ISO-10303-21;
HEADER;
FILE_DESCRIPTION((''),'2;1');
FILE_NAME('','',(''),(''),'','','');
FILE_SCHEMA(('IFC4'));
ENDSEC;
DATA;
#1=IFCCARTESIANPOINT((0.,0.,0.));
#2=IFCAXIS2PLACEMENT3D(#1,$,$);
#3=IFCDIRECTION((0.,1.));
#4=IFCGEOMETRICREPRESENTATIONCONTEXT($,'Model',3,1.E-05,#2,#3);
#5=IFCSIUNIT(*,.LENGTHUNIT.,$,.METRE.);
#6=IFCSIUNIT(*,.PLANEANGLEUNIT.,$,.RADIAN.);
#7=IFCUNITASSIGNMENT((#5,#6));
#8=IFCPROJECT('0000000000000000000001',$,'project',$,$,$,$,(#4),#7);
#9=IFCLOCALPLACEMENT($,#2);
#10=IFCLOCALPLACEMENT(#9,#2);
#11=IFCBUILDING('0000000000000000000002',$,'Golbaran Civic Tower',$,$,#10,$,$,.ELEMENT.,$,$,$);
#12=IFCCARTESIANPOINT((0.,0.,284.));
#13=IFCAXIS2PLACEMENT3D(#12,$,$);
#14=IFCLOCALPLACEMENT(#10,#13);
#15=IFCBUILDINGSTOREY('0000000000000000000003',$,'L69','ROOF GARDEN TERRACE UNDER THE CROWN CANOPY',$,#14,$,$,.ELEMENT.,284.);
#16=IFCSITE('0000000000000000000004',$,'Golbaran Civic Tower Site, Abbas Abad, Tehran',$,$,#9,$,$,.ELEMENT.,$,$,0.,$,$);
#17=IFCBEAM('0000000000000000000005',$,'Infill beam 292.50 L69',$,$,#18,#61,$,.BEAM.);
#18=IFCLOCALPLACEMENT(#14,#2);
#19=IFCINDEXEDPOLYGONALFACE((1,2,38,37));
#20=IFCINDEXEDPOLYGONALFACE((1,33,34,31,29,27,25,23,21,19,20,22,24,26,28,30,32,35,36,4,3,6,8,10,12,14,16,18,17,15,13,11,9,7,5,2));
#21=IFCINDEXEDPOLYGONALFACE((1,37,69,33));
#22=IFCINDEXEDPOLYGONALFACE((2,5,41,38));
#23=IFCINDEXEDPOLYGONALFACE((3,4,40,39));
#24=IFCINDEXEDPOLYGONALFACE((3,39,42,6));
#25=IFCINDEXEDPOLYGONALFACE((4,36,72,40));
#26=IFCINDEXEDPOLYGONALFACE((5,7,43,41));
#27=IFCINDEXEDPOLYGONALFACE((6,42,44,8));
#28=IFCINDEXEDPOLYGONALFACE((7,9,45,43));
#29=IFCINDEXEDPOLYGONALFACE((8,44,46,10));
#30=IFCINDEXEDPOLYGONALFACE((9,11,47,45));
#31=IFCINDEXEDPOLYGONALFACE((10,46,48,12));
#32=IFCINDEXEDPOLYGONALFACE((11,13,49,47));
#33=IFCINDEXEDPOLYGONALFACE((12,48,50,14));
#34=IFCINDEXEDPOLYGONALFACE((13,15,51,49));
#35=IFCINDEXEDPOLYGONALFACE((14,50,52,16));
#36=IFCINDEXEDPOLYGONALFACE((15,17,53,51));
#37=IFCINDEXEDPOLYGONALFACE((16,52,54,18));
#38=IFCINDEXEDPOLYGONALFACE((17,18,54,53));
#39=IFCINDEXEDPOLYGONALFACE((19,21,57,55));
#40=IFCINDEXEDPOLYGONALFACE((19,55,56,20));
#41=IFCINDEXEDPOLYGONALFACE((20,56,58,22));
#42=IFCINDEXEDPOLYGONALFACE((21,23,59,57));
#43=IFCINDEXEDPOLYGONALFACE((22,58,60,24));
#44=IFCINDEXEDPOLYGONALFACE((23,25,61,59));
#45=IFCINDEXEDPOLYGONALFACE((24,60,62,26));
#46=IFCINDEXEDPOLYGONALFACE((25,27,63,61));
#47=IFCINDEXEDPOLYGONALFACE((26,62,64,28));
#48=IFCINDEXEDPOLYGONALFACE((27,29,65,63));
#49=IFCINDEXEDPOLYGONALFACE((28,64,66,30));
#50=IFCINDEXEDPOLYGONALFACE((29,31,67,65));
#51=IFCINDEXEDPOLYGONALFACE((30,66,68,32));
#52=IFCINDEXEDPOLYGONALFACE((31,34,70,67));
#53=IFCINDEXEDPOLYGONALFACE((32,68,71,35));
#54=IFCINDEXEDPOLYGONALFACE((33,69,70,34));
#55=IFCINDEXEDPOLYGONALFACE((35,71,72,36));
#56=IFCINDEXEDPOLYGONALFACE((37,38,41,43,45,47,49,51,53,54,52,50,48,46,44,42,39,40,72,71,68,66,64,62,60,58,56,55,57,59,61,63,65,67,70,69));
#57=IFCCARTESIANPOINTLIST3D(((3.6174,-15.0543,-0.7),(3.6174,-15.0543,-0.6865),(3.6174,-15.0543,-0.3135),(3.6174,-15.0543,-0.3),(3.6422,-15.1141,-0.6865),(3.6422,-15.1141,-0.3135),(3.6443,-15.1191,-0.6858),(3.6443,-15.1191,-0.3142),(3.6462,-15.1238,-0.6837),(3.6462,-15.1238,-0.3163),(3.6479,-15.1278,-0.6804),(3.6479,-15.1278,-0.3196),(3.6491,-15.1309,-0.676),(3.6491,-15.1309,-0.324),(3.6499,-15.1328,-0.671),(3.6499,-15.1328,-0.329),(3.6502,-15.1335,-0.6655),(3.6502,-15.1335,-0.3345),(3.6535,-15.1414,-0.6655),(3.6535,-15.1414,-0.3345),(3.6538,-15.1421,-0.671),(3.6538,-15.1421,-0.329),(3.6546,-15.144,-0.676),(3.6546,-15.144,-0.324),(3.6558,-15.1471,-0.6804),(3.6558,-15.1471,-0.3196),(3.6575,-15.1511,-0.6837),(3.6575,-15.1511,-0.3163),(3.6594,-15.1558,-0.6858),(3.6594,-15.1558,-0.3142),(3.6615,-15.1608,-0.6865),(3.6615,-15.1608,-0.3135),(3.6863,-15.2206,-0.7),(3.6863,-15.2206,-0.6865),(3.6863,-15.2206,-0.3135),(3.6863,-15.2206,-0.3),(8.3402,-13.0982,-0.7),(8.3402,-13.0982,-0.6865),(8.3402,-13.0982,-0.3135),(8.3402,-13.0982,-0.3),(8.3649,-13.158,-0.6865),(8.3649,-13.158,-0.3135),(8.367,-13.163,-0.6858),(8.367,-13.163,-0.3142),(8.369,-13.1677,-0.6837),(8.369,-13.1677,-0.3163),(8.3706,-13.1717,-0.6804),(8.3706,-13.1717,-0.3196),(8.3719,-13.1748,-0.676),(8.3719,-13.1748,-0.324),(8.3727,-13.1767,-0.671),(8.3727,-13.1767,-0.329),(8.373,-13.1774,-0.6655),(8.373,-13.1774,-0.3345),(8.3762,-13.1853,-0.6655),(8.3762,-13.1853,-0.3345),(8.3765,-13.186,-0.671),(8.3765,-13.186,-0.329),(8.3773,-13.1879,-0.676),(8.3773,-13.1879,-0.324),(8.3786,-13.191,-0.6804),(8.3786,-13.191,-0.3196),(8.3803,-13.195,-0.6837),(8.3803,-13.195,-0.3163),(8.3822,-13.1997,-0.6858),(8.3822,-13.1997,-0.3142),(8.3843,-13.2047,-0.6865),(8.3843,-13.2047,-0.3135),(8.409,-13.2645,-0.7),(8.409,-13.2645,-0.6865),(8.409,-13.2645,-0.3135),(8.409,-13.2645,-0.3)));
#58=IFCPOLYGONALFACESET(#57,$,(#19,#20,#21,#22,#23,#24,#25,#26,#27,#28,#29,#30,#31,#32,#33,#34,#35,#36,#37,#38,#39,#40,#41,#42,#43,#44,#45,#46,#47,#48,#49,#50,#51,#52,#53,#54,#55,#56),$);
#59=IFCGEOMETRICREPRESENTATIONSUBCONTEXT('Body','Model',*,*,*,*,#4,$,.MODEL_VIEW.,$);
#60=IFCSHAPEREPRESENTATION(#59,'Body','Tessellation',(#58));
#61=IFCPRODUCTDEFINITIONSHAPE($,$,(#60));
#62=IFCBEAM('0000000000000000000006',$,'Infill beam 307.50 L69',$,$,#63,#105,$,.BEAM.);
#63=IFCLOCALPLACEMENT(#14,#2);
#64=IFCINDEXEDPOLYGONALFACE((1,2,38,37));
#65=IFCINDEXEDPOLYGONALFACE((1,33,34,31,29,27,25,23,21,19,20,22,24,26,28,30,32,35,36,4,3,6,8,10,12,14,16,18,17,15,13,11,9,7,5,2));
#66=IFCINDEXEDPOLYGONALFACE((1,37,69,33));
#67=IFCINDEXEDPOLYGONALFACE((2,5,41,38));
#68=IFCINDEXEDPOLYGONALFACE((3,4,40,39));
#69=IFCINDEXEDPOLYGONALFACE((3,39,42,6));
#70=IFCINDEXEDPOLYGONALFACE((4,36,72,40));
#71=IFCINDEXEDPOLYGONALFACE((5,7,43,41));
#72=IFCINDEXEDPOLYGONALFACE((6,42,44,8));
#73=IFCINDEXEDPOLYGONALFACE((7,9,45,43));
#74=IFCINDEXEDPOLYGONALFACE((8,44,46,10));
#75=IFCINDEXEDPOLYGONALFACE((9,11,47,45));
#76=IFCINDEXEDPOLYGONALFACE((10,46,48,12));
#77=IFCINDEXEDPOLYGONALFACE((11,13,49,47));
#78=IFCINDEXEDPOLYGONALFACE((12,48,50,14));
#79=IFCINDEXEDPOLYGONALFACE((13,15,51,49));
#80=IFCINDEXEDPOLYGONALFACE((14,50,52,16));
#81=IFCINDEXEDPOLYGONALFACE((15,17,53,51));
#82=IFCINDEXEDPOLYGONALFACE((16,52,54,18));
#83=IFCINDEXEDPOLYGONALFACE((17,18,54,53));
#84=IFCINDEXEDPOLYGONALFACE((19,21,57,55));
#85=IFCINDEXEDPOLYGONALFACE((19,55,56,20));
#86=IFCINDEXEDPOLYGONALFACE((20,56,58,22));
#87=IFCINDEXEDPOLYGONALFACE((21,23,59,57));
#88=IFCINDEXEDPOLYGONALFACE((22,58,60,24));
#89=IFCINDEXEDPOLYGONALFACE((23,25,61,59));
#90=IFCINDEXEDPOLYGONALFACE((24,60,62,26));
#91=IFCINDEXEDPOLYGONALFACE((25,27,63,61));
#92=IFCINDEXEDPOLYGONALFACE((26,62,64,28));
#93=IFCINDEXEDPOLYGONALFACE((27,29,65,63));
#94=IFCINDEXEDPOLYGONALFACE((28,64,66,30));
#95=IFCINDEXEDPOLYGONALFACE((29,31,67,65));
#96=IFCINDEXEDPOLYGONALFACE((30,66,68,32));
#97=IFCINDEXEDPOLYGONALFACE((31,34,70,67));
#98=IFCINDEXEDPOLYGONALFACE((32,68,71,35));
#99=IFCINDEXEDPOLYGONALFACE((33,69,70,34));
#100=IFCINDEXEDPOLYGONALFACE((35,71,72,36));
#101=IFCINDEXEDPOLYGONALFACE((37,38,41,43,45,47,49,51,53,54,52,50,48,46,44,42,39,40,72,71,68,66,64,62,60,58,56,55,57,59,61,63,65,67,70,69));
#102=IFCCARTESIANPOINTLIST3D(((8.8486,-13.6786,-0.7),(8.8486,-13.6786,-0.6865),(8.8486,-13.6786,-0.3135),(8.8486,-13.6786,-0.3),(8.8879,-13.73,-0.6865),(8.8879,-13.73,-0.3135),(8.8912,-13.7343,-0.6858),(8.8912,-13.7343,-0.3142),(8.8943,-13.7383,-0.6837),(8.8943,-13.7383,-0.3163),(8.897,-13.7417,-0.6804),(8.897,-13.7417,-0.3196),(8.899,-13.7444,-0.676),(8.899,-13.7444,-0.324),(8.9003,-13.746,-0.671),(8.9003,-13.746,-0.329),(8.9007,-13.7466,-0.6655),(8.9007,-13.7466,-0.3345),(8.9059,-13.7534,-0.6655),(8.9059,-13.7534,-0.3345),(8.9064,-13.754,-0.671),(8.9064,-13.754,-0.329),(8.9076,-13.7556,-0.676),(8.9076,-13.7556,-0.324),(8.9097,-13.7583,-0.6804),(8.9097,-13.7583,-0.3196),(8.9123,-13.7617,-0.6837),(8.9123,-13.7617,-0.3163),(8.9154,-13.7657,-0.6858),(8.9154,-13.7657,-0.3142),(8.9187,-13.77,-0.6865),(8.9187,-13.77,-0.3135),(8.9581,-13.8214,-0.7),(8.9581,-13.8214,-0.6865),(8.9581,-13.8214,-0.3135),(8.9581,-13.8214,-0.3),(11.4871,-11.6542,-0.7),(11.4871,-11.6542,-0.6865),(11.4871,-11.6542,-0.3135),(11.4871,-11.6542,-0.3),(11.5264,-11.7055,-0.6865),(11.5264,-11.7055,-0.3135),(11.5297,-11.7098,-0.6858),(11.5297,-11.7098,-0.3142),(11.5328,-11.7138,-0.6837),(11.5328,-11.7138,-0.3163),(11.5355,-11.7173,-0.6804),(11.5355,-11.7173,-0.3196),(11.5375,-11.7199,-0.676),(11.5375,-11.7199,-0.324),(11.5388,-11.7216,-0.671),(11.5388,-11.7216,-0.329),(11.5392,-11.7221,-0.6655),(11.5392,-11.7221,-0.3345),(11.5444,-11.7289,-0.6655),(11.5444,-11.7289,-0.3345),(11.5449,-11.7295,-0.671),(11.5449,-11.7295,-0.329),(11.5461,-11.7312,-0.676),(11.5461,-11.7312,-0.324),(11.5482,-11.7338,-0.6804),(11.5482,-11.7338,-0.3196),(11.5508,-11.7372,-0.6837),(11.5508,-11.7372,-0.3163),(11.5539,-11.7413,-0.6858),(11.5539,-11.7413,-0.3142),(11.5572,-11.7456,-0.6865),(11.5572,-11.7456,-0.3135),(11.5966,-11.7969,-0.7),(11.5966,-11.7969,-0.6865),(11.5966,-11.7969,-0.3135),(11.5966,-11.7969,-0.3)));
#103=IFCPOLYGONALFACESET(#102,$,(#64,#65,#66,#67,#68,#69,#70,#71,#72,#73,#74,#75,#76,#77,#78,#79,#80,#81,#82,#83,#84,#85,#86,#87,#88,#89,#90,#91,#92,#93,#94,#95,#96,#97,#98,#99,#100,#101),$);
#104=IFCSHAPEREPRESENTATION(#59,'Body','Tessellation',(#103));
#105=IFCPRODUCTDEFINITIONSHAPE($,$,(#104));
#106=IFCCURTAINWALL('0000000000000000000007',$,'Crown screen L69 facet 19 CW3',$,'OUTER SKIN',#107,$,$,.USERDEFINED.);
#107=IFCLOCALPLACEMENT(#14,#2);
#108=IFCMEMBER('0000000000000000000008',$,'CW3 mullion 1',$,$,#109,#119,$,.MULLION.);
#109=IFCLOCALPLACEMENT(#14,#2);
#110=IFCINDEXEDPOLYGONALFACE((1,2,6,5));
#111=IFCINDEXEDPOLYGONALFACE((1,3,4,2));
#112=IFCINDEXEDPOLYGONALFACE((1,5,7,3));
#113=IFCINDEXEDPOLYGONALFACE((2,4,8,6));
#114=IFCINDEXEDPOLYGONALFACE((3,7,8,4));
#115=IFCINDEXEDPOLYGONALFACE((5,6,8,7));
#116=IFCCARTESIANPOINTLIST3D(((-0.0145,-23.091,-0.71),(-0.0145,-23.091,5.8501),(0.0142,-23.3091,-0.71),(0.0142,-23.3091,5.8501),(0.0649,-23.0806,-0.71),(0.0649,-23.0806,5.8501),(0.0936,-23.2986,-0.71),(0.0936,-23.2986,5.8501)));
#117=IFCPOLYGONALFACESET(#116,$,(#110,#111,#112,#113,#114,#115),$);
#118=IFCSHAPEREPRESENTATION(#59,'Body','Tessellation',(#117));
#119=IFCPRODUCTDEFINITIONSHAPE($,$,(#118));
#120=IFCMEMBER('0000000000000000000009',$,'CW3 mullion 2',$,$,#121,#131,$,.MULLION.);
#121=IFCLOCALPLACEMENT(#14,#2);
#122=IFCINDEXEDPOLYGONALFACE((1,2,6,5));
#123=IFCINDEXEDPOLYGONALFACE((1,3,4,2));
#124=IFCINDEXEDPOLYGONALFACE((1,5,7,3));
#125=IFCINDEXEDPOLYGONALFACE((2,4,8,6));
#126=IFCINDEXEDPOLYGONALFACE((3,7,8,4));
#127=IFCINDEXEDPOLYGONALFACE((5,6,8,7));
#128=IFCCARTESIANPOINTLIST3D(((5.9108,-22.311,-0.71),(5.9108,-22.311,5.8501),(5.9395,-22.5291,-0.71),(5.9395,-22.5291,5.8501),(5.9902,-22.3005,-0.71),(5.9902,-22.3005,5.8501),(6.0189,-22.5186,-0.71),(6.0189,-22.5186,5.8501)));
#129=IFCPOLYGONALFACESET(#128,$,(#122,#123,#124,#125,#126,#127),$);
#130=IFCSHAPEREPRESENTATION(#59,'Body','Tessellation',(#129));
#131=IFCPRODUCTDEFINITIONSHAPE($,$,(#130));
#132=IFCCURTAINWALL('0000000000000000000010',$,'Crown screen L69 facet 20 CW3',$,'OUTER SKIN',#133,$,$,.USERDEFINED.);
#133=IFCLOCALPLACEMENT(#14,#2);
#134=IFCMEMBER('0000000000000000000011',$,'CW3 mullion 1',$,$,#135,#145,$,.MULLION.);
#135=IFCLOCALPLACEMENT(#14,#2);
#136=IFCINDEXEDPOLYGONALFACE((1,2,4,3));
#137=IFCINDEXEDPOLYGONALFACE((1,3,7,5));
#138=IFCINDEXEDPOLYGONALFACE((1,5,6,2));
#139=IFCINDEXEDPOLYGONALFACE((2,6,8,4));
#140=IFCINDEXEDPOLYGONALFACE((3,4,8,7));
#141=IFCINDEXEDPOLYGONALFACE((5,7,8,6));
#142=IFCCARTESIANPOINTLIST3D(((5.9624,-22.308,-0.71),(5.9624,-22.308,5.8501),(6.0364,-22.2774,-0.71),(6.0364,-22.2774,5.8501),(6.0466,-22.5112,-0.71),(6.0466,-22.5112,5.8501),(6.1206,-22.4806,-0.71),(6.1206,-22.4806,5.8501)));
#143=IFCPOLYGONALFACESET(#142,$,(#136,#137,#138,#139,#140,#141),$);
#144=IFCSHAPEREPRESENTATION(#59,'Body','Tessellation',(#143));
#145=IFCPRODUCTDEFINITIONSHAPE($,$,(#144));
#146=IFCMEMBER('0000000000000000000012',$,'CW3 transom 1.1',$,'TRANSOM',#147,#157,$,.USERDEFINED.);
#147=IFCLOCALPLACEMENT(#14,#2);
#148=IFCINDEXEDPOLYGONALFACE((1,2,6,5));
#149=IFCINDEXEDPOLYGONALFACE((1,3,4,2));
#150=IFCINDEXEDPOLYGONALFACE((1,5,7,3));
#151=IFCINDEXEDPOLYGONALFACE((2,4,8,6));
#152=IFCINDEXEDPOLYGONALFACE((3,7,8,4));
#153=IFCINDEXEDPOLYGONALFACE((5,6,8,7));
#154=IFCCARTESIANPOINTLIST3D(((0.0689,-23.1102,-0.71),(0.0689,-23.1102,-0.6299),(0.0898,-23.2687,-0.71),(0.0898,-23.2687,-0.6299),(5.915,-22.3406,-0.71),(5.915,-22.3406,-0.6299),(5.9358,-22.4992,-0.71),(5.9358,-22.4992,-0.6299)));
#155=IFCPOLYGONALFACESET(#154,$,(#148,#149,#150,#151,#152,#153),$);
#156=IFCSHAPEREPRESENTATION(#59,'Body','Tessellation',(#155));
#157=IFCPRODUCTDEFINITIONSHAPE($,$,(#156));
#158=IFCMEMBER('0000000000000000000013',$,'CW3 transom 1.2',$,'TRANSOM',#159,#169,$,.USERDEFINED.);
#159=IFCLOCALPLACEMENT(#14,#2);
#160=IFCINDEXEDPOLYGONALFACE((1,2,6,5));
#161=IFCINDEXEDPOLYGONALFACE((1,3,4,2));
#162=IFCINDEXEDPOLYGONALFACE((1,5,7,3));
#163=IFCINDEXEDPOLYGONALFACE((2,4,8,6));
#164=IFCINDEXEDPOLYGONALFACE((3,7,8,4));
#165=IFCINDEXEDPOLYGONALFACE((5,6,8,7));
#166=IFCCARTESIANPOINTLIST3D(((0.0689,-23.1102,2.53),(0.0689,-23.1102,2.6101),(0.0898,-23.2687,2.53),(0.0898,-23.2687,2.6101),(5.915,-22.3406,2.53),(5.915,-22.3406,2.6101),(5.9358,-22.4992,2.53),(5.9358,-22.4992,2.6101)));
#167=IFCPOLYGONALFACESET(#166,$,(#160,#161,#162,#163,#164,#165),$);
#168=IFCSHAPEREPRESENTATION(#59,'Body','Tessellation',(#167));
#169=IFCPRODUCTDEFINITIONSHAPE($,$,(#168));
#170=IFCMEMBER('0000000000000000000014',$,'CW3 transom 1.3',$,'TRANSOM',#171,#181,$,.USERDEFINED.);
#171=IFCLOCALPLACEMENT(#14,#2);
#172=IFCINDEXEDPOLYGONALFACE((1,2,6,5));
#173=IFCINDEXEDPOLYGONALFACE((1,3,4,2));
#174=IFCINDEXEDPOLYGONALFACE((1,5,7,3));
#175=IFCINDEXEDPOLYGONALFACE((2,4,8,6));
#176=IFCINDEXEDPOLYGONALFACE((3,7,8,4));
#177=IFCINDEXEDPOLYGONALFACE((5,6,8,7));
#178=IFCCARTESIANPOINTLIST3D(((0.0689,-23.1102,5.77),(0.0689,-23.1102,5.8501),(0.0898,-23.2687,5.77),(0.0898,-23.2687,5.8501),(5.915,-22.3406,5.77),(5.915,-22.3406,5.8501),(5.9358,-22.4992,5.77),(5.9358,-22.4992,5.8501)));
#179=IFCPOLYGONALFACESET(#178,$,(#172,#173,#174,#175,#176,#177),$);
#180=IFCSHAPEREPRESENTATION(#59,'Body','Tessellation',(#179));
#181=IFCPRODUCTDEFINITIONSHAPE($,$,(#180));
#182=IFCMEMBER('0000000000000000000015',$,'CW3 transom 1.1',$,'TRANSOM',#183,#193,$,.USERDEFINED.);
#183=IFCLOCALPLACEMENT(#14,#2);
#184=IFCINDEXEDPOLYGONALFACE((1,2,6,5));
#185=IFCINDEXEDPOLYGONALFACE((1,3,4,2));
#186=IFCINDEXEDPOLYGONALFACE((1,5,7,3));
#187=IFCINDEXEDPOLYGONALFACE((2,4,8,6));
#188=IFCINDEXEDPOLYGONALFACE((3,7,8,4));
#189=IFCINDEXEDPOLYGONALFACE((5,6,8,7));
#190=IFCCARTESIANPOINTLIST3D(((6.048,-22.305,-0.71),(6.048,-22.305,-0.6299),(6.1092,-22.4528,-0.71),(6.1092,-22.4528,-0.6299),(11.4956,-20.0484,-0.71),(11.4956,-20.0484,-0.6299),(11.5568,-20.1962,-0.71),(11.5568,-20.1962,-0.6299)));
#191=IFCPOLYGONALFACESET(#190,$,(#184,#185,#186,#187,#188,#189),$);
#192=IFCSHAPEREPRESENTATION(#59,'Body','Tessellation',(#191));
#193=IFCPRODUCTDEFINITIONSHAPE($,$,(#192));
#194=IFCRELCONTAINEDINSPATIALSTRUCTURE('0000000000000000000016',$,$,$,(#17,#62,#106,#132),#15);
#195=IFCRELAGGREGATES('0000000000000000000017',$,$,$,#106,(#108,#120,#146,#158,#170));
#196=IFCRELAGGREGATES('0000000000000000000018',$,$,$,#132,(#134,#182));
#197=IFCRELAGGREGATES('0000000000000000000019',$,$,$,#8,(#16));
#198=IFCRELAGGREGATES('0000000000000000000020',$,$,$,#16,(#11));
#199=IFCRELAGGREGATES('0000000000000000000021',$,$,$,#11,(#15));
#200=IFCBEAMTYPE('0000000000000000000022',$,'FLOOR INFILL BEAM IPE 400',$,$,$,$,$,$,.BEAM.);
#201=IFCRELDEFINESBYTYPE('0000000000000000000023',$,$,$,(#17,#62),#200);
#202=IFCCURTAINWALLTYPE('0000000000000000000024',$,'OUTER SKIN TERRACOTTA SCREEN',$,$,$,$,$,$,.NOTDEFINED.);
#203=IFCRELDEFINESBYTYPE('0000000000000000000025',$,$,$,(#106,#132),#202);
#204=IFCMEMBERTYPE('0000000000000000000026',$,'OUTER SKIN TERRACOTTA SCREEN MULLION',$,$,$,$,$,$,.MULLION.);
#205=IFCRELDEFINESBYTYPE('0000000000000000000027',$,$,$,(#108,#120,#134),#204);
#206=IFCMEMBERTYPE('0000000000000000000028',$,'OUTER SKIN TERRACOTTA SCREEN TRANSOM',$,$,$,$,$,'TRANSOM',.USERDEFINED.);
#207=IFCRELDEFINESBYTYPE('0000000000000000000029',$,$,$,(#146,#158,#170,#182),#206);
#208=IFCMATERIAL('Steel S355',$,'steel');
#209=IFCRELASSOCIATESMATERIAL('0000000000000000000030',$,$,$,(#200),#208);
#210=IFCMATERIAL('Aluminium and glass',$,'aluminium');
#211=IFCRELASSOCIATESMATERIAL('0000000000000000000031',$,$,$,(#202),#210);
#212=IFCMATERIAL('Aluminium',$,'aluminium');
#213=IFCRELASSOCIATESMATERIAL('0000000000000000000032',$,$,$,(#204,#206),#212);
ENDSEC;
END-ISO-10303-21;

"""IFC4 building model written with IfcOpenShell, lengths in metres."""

from ifc_helpers import new_model, si_unit, direction, frame, origin, origin_2d, place, context, subcontext, project, spatial, rectangle, i_section, extrude, material, material_profile, profile_set, type_object, element, aggregate, save


model = new_model("IFC4")

# Units and contexts
model_context = context("Model", 3, precision=1e-05, world=origin(), true_north=direction((0.0, 1.0)))
body_context = subcontext(model_context, "Body", "Model", "MODEL_VIEW")
ifc_project = project(units=[si_unit("LENGTHUNIT", "METRE"), si_unit("PLANEANGLEUNIT", "RADIAN")], contexts=[model_context])

# Site, building, storey
site_placement = place(None, origin())
site = spatial("IfcSite", under=ifc_project, at=site_placement, Name="Golbaran Civic Tower Site, Abbas Abad, Tehran", CompositionType="ELEMENT", RefElevation=0.0)
building_placement = place(site_placement, origin())
building = spatial("IfcBuilding", under=site, at=building_placement, Name="Golbaran Civic Tower", CompositionType="ELEMENT")
storey_placement = place(building_placement, frame((0.0, 0.0, 284.0)))
storey = spatial("IfcBuildingStorey", under=building, at=storey_placement, Name="L69", Description="ROOF GARDEN TERRACE UNDER THE CROWN CANOPY", CompositionType="ELEMENT", Elevation=284.0)

# Shared definitions
ifc_material_1 = material(Name="Steel S355", Category="steel")

# Beams
ifc_material_profile_1 = material_profile(ifc_material_1, i_section(OverallWidth=0.1799, OverallDepth=0.3999, WebThickness=0.0085, FlangeThickness=0.0134, FilletRadius=0.021, at=origin_2d()), Name="IPE 400")
ifc_profile_set_1 = profile_set([ifc_material_profile_1], Name="Steel S355")
beam_type_1 = type_object("IfcBeamType", Name="FLOOR INFILL BEAM IPE 400", PredefinedType="BEAM", material=ifc_profile_set_1)
beam_1_placement = place(storey_placement, frame((3.6519, -15.1375, -0.5), z_axis=(0.923889, 0.382661, 0.0), x_axis=(-0.382661, 0.923889, 0.0)))
element("IfcBeam", 1, at=beam_1_placement, inside=storey, type_object=beam_type_1, Name="Infill beam 292.50 L69", PredefinedType="BEAM", context=body_context, shape_type="SweptSolid", body=[
    extrude(i_section(OverallWidth=0.1799, OverallDepth=0.3999, WebThickness=0.0085, FlangeThickness=0.0134, FilletRadius=0.021, at=origin_2d()), origin(), (0.0, 0.0, 1.0), 5.1118),
])
beam_2_placement = place(storey_placement, frame((8.9033, -13.75, -0.5), z_axis=(0.793371, 0.608738, 0.0), x_axis=(-0.608738, 0.793371, 0.0)))
element("IfcBeam", 2, at=beam_2_placement, inside=storey, type_object=beam_type_1, Name="Infill beam 307.50 L69", PredefinedType="BEAM", context=body_context, shape_type="SweptSolid", body=[
    extrude(i_section(OverallWidth=0.1799, OverallDepth=0.3999, WebThickness=0.0085, FlangeThickness=0.0134, FilletRadius=0.021, at=origin_2d()), origin(), (0.0, 0.0, 1.0), 3.3257),
])

# Curtain wall, members
ifc_material_2 = material(Name="Aluminium and glass", Category="aluminium")
curtain_wall_type = type_object("IfcCurtainWallType", Name="OUTER SKIN TERRACOTTA SCREEN", PredefinedType="NOTDEFINED", material=ifc_material_2)
curtain_wall_1_placement = place(storey_placement, origin())
curtain_wall_1 = element("IfcCurtainWall", 3, at=curtain_wall_1_placement, inside=storey, type_object=curtain_wall_type, Name="Crown screen L69 facet 19 CW3", ObjectType="OUTER SKIN", PredefinedType="USERDEFINED")
ifc_material_3 = material(Name="Aluminium", Category="aluminium")
ifc_material_profile_2 = material_profile(ifc_material_3, rectangle(XDim=0.22, YDim=0.0801, at=origin_2d()), Name="OUTER SKIN TERRACOTTA SCREEN MULLION")
ifc_profile_set_2 = profile_set([ifc_material_profile_2], Name="Aluminium")
member_type_1 = type_object("IfcMemberType", Name="OUTER SKIN TERRACOTTA SCREEN MULLION", PredefinedType="MULLION", material=ifc_profile_set_2)
member_1_placement = place(storey_placement, frame((0.0396, -23.1948, -0.71), z_axis=(0.0, 0.0, 1.0), x_axis=(-0.130526, 0.991445, 0.0)))
member_1 = element("IfcMember", 4, at=member_1_placement, type_object=member_type_1, Name="CW3 mullion 1", PredefinedType="MULLION", context=body_context, shape_type="SweptSolid", body=[
    extrude(rectangle(XDim=0.22, YDim=0.0801, at=origin_2d()), origin(), (0.0, 0.0, 1.0), 6.5601),
])
member_2_placement = place(storey_placement, frame((5.9648, -22.4148, -0.71), z_axis=(0.0, 0.0, 1.0), x_axis=(-0.130526, 0.991445, 0.0)))
member_2 = element("IfcMember", 5, at=member_2_placement, type_object=member_type_1, Name="CW3 mullion 2", PredefinedType="MULLION", context=body_context, shape_type="SweptSolid", body=[
    extrude(rectangle(XDim=0.22, YDim=0.0801, at=origin_2d()), origin(), (0.0, 0.0, 1.0), 6.5601),
])

# Curtain wall, member
curtain_wall_2_placement = place(storey_placement, origin())
curtain_wall_2 = element("IfcCurtainWall", 6, at=curtain_wall_2_placement, inside=storey, type_object=curtain_wall_type, Name="Crown screen L69 facet 20 CW3", ObjectType="OUTER SKIN", PredefinedType="USERDEFINED")
member_3_placement = place(storey_placement, frame((6.0415, -22.3943, -0.71), z_axis=(0.0, 0.0, 1.0), x_axis=(-0.382683, 0.92388, 0.0)))
member_3 = element("IfcMember", 7, at=member_3_placement, type_object=member_type_1, Name="CW3 mullion 1", PredefinedType="MULLION", context=body_context, shape_type="SweptSolid", body=[
    extrude(rectangle(XDim=0.22, YDim=0.0801, at=origin_2d()), origin(), (0.0, 0.0, 1.0), 6.5601),
])

# Members
ifc_material_profile_3 = material_profile(ifc_material_3, rectangle(XDim=0.1599, YDim=0.0801, at=origin_2d()), Name="OUTER SKIN TERRACOTTA SCREEN TRANSOM")
ifc_profile_set_3 = profile_set([ifc_material_profile_3], Name="Aluminium")
member_type_2 = type_object("IfcMemberType", Name="OUTER SKIN TERRACOTTA SCREEN TRANSOM", ElementType="TRANSOM", PredefinedType="USERDEFINED", material=ifc_profile_set_3)
member_4_placement = place(storey_placement, frame((0.0793, -23.1895, -0.6699), z_axis=(0.991447, 0.130509, 0.0), x_axis=(-0.130509, 0.991447, 0.0)))
member_4 = element("IfcMember", 8, at=member_4_placement, type_object=member_type_2, Name="CW3 transom 1.1", ObjectType="TRANSOM", PredefinedType="USERDEFINED", context=body_context, shape_type="SweptSolid", body=[
    extrude(rectangle(XDim=0.1599, YDim=0.0801, at=origin_2d()), origin(), (0.0, 0.0, 1.0), 5.8965),
])
member_5_placement = place(storey_placement, frame((0.0793, -23.1895, 2.5701), z_axis=(0.991447, 0.130509, 0.0), x_axis=(-0.130509, 0.991447, 0.0)))
member_5 = element("IfcMember", 9, at=member_5_placement, type_object=member_type_2, Name="CW3 transom 1.2", ObjectType="TRANSOM", PredefinedType="USERDEFINED", context=body_context, shape_type="SweptSolid", body=[
    extrude(rectangle(XDim=0.1599, YDim=0.0801, at=origin_2d()), origin(), (0.0, 0.0, 1.0), 5.8965),
])
member_6_placement = place(storey_placement, frame((0.0793, -23.1895, 5.8101), z_axis=(0.991447, 0.130509, 0.0), x_axis=(-0.130509, 0.991447, 0.0)))
member_6 = element("IfcMember", 10, at=member_6_placement, type_object=member_type_2, Name="CW3 transom 1.3", ObjectType="TRANSOM", PredefinedType="USERDEFINED", context=body_context, shape_type="SweptSolid", body=[
    extrude(rectangle(XDim=0.1599, YDim=0.0801, at=origin_2d()), origin(), (0.0, 0.0, 1.0), 5.8965),
])
member_7_placement = place(storey_placement, frame((6.0786, -22.3789, -0.6699), z_axis=(0.92387, 0.382707, 0.0), x_axis=(-0.382707, 0.92387, 0.0)))
member_7 = element("IfcMember", 11, at=member_7_placement, type_object=member_type_2, Name="CW3 transom 1.1", ObjectType="TRANSOM", PredefinedType="USERDEFINED", context=body_context, shape_type="SweptSolid", body=[
    extrude(rectangle(XDim=0.1599, YDim=0.0801, at=origin_2d()), origin(), (0.0, 0.0, 1.0), 5.8965),
])

aggregate(curtain_wall_1, [member_1, member_2, member_4, member_5, member_6])
aggregate(curtain_wall_2, [member_3, member_7])

save(model, "model.ifc")
